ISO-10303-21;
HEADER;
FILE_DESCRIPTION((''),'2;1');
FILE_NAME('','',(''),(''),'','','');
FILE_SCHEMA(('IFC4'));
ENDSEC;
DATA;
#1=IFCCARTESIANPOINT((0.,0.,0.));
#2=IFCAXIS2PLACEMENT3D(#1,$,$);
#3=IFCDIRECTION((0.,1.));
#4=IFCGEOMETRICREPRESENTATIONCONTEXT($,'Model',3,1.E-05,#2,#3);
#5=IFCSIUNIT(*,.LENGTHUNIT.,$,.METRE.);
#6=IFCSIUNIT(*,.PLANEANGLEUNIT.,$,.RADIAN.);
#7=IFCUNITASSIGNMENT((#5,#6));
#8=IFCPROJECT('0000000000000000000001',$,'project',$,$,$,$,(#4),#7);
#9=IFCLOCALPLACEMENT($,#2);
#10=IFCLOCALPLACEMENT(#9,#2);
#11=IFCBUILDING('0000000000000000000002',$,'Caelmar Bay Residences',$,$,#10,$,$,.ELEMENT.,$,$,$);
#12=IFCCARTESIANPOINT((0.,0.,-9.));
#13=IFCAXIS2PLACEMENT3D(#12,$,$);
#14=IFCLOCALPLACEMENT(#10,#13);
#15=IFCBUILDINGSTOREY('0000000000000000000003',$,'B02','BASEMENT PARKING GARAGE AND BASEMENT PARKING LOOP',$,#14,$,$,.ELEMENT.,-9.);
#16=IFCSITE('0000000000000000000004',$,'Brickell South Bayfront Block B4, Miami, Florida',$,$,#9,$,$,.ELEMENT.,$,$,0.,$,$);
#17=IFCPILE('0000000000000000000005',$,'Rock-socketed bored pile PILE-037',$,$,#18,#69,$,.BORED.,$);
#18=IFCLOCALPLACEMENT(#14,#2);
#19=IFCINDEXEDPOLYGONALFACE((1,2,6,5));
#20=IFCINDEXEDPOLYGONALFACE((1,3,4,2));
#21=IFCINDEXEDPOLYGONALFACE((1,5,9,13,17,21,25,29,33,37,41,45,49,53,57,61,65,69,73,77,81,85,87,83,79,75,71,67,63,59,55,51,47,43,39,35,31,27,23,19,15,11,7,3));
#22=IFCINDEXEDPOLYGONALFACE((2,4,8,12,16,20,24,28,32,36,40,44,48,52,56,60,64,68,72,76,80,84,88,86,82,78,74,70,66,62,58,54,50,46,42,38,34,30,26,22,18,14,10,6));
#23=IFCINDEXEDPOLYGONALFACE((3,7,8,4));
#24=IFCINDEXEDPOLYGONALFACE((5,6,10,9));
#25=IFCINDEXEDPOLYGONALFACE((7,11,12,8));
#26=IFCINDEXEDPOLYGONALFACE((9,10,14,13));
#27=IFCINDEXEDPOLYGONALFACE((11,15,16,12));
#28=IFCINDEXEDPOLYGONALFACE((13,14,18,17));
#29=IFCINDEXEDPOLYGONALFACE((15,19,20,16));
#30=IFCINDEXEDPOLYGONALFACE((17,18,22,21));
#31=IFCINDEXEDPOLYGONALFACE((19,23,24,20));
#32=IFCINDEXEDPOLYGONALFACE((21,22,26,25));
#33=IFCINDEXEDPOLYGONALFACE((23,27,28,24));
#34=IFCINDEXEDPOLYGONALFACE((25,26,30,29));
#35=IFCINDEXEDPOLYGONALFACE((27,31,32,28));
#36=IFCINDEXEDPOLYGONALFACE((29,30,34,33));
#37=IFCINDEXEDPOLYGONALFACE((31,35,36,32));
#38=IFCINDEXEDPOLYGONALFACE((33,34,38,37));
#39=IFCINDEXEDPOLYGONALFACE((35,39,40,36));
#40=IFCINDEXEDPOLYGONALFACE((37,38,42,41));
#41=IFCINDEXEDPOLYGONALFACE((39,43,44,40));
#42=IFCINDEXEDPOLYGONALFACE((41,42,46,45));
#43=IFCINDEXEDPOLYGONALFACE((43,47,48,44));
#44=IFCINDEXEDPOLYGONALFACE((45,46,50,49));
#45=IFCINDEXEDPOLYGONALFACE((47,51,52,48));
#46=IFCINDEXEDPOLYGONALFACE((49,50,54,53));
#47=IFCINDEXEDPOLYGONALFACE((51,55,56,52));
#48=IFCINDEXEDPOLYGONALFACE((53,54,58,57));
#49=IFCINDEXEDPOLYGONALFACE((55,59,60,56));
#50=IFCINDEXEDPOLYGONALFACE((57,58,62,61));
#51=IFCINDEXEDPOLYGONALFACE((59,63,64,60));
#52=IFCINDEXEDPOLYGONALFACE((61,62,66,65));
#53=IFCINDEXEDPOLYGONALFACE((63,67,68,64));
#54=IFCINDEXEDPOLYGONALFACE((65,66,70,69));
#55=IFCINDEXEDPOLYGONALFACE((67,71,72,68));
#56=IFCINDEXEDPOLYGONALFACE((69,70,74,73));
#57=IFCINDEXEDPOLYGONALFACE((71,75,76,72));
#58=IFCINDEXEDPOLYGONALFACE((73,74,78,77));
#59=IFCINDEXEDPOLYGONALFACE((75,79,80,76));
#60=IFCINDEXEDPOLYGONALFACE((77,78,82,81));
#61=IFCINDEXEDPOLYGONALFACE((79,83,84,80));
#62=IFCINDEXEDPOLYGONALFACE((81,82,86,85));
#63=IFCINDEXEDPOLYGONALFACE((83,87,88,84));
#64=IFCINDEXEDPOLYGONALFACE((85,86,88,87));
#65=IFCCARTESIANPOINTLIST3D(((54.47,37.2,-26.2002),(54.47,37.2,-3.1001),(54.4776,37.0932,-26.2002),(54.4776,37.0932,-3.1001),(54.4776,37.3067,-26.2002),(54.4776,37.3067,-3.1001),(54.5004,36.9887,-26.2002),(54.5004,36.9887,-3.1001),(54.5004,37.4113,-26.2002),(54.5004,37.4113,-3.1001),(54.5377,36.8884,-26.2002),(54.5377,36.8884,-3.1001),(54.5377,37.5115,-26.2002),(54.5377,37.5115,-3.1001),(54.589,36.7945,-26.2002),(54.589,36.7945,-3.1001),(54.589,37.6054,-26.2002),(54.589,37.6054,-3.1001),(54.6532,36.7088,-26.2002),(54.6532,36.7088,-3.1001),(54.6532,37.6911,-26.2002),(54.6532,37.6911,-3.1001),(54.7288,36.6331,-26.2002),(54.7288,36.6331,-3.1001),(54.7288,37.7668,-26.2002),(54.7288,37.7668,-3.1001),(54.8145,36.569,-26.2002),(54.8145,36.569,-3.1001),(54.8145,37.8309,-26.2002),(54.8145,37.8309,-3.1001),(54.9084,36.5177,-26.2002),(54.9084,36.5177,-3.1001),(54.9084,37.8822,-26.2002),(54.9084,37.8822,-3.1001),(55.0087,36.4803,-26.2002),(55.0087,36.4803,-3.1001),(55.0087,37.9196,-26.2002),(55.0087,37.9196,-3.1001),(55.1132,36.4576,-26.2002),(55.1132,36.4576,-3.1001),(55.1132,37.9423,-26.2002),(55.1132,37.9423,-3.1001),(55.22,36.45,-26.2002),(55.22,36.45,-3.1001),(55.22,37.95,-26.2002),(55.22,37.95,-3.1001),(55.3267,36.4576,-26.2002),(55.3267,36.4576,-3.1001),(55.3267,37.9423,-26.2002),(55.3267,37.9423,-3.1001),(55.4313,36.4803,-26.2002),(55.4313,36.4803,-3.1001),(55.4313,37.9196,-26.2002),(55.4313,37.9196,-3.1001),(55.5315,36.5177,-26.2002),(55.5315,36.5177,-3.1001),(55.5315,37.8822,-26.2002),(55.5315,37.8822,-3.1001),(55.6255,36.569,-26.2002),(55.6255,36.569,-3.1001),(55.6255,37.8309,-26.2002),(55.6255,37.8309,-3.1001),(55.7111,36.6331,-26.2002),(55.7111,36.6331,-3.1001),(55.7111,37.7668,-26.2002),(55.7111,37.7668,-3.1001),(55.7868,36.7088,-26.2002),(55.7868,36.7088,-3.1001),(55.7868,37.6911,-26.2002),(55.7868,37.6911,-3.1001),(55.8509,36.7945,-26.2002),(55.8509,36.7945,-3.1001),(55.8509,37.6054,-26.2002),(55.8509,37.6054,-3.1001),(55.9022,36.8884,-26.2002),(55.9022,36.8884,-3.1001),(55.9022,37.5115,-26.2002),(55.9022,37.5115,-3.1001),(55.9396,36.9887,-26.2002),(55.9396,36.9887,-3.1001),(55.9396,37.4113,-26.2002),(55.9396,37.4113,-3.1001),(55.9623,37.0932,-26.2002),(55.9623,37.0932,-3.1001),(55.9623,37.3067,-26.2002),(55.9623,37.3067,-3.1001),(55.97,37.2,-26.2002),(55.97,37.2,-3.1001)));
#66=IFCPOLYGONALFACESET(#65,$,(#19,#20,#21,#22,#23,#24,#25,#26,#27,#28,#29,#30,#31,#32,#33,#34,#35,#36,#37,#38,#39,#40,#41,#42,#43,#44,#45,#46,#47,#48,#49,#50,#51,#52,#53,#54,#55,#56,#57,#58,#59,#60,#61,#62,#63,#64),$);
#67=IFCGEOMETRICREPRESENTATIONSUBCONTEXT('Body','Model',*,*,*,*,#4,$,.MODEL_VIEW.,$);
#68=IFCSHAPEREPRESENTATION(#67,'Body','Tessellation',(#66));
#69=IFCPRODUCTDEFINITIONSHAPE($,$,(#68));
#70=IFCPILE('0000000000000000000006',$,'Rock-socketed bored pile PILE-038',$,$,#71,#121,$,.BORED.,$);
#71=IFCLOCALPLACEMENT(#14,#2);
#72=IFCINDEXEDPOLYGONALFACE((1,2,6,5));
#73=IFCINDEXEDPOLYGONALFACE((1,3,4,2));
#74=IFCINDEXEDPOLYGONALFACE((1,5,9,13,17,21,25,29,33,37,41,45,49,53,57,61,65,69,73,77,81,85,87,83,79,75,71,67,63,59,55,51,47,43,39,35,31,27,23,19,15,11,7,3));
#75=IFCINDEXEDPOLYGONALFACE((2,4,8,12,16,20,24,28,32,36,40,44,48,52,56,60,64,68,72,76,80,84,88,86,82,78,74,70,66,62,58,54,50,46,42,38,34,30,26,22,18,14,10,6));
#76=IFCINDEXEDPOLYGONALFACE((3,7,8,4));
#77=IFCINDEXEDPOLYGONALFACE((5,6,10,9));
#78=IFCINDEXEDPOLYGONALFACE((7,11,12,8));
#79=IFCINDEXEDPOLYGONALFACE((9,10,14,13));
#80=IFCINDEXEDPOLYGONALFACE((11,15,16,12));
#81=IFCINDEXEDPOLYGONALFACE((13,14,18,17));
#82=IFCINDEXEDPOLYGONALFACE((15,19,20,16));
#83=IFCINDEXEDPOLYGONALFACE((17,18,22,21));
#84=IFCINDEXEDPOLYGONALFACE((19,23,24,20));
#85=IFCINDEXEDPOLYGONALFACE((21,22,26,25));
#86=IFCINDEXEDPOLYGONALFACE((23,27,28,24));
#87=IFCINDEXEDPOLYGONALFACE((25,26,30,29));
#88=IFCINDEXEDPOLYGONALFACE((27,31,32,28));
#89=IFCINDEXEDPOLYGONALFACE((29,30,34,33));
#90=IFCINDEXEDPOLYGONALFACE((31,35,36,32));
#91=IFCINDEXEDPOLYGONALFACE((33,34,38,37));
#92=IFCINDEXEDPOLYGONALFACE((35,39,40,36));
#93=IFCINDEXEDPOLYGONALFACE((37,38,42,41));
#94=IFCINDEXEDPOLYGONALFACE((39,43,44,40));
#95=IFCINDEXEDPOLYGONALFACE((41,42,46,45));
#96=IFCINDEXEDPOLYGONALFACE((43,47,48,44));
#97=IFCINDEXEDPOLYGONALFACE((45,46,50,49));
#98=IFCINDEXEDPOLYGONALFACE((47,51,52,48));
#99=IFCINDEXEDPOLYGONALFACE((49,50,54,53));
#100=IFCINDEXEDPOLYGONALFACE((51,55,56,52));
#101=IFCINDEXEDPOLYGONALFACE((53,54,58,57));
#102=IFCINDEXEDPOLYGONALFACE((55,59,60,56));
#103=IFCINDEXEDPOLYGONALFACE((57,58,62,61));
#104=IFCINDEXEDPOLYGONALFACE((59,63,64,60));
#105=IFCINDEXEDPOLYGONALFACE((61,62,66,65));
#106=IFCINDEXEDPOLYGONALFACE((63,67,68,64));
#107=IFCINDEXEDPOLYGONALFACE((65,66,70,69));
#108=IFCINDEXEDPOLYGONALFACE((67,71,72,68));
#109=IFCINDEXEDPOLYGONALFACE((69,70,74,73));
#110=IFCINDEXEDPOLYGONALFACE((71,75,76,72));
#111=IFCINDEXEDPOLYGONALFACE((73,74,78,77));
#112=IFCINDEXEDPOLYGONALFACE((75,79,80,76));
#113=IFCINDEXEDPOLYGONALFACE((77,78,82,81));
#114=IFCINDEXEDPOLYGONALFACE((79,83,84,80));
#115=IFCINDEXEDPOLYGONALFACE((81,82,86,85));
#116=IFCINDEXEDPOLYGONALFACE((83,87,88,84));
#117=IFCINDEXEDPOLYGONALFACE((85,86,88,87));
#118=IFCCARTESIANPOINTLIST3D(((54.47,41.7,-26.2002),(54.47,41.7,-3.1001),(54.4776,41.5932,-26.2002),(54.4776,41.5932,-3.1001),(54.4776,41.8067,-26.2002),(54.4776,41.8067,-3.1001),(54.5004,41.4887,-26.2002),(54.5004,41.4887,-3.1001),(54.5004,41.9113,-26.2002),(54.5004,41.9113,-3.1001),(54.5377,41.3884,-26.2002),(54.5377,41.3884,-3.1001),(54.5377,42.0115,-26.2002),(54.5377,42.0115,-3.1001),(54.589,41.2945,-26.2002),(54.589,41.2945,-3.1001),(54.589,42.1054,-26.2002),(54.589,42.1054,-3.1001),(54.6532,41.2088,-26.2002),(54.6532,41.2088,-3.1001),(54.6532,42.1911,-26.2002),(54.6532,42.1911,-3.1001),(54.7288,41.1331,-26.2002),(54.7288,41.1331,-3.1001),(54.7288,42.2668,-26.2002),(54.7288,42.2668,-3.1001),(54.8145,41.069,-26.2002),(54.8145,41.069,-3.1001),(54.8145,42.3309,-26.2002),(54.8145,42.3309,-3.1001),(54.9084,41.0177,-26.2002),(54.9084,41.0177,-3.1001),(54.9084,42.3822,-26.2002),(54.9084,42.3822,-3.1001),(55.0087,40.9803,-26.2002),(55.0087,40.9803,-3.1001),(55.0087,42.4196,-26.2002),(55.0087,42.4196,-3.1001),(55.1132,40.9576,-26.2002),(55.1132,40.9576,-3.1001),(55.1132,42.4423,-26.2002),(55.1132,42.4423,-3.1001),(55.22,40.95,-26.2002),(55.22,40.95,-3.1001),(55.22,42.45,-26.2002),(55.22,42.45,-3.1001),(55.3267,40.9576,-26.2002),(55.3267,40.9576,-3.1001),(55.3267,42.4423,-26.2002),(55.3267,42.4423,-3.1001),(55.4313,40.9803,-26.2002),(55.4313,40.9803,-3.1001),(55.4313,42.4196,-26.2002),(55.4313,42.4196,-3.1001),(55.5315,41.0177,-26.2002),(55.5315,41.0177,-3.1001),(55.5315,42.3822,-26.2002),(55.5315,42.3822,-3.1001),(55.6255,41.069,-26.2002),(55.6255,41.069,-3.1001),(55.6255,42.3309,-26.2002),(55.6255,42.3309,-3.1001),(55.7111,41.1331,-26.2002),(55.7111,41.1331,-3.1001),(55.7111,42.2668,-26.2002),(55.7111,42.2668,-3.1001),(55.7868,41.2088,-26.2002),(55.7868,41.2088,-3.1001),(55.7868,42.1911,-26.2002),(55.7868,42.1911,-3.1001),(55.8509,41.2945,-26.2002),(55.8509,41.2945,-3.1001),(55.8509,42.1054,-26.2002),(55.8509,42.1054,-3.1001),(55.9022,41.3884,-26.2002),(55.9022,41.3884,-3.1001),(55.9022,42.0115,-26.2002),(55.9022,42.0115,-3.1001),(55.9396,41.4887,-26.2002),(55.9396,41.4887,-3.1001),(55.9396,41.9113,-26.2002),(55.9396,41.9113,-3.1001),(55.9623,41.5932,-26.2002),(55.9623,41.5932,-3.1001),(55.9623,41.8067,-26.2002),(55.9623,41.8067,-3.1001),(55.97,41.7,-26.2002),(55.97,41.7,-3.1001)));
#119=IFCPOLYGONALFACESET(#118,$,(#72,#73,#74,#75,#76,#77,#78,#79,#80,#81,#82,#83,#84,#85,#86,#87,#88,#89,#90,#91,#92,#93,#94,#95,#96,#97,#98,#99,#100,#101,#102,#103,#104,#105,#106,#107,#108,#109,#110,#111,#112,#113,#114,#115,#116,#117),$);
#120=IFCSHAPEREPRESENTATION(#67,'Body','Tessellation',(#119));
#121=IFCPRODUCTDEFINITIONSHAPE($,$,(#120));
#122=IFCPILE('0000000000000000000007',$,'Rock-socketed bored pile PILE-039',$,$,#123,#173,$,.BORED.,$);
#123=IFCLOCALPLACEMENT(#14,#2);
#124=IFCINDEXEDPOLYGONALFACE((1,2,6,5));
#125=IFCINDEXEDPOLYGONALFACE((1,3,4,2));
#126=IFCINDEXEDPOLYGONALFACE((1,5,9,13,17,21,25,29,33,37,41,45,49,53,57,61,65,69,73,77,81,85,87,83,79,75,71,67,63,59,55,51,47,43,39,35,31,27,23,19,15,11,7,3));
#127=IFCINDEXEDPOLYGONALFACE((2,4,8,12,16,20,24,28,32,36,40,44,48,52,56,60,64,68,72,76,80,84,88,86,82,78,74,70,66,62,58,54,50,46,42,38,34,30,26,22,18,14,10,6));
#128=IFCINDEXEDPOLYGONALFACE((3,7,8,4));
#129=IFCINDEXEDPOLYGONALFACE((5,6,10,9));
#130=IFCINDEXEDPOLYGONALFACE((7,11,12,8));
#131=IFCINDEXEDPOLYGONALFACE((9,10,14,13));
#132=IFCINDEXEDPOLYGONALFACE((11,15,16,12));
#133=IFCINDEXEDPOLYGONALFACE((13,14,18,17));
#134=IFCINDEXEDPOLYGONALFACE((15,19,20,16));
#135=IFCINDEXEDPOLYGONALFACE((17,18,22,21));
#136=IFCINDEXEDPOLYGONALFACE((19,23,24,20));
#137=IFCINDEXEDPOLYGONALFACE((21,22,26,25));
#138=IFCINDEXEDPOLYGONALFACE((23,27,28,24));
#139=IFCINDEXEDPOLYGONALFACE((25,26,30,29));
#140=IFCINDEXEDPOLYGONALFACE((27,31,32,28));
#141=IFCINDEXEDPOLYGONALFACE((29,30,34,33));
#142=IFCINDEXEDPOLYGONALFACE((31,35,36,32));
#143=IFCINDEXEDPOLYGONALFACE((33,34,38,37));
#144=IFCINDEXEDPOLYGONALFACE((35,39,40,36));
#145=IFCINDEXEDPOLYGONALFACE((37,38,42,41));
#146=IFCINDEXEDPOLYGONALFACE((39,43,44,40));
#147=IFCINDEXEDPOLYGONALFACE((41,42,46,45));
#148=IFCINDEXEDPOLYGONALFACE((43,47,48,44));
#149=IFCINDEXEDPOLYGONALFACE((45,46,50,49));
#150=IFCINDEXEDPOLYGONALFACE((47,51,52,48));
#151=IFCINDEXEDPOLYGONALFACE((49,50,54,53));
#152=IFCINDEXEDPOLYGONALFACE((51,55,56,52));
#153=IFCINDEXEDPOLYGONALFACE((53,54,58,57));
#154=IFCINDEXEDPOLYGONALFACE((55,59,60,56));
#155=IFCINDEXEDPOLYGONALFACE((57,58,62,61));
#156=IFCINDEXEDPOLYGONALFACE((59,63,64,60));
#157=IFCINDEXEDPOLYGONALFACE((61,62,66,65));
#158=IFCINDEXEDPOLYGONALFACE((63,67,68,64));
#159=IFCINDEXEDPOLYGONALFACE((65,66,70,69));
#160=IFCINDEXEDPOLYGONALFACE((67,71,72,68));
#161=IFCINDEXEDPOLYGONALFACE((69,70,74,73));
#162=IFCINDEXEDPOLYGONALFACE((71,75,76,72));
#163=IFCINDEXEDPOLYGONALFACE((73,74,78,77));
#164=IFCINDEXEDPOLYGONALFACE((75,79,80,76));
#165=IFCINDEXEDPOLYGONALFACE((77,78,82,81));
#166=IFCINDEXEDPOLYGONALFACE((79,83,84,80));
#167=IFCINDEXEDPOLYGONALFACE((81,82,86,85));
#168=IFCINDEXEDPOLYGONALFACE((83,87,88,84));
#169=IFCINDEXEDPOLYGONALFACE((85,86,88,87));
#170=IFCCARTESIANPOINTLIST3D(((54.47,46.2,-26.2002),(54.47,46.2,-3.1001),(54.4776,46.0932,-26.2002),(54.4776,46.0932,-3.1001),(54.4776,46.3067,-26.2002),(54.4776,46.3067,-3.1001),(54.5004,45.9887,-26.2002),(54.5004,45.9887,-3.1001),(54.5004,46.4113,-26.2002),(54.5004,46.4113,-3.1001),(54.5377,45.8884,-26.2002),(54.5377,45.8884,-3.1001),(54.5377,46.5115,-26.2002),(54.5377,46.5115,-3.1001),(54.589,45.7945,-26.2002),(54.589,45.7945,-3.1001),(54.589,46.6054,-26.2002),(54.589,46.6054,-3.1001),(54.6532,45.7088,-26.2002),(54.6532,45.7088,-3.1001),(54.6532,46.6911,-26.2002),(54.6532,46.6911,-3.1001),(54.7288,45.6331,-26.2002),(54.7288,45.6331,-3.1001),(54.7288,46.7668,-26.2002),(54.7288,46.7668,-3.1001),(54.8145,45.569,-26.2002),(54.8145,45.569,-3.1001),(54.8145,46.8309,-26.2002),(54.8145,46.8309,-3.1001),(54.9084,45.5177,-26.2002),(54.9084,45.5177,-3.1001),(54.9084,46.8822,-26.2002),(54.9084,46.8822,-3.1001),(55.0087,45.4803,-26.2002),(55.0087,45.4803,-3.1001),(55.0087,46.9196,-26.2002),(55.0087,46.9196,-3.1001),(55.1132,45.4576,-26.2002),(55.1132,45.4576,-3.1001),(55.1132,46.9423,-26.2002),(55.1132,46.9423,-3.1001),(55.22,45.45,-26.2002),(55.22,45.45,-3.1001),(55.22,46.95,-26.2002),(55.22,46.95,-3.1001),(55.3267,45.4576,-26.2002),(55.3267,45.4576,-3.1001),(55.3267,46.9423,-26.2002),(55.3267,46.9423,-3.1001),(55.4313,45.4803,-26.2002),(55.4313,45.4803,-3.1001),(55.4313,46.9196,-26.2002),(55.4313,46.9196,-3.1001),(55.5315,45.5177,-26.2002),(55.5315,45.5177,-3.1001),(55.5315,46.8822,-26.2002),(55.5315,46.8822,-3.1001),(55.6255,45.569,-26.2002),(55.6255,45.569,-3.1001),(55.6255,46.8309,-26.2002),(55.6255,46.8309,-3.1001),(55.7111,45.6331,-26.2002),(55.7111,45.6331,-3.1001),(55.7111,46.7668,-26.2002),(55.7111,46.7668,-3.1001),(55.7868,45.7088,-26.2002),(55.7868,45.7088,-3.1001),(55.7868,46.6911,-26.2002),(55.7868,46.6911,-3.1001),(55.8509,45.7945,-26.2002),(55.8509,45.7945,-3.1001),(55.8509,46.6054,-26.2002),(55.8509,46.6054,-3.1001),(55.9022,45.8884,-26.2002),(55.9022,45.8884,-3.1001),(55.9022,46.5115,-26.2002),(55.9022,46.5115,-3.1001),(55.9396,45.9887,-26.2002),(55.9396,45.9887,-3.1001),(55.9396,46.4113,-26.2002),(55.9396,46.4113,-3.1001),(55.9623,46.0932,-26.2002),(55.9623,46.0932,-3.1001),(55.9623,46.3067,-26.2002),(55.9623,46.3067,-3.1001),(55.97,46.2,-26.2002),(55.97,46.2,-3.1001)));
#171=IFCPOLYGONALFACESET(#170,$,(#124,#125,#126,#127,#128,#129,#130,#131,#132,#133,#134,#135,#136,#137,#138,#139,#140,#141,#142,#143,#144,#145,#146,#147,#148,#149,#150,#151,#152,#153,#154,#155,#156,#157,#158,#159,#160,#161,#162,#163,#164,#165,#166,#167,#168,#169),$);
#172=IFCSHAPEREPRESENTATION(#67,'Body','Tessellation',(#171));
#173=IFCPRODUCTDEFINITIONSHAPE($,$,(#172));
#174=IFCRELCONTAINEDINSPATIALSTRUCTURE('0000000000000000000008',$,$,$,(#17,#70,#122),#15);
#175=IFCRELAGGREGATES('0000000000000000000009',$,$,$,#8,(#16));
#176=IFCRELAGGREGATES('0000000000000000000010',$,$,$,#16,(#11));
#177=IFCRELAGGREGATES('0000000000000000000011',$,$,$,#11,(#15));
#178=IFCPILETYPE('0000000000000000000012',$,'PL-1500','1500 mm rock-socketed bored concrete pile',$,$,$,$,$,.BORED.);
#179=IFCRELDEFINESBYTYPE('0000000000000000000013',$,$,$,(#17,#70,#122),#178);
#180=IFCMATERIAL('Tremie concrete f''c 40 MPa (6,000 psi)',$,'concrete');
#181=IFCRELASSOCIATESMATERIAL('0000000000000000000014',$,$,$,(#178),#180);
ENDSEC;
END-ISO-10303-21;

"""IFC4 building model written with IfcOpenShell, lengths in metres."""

from ifc_helpers import new_model, si_unit, direction, frame, origin, origin_2d, place, context, subcontext, project, spatial, circle, extrude, material, material_profile, profile_set, type_object, element, save


model = new_model("IFC4")

# Units and contexts
model_context = context("Model", 3, precision=1e-05, world=origin(), true_north=direction((0.0, 1.0)))
body_context = subcontext(model_context, "Body", "Model", "MODEL_VIEW")
ifc_project = project(units=[si_unit("LENGTHUNIT", "METRE"), si_unit("PLANEANGLEUNIT", "RADIAN")], contexts=[model_context])

# Site, building, storey
site_placement = place(None, origin())
site = spatial("IfcSite", under=ifc_project, at=site_placement, Name="Brickell South Bayfront Block B4, Miami, Florida", CompositionType="ELEMENT", RefElevation=0.0)
building_placement = place(site_placement, origin())
building = spatial("IfcBuilding", under=site, at=building_placement, Name="Caelmar Bay Residences", CompositionType="ELEMENT")
storey_placement = place(building_placement, frame((0.0, 0.0, -9.0)))
storey = spatial("IfcBuildingStorey", under=building, at=storey_placement, Name="B02", Description="BASEMENT PARKING GARAGE AND BASEMENT PARKING LOOP", CompositionType="ELEMENT", Elevation=-9.0)

# Piles
ifc_material_1 = material(Name="Tremie concrete f'c 40 MPa (6,000 psi)", Category="concrete")
ifc_material_profile_1 = material_profile(ifc_material_1, circle(Radius=0.75, at=origin_2d()), Name="PILE-1500D")
ifc_profile_set_1 = profile_set([ifc_material_profile_1], Name="Tremie concrete f'c 40 MPa (6,000 psi)")
pile_type_1 = type_object("IfcPileType", Name="PL-1500", Description="1500 mm rock-socketed bored concrete pile", PredefinedType="BORED", material=ifc_profile_set_1)
for number, where, z_axis, x_axis, name in (
    (1, (55.22, 37.2, -3.1001), (0.0, 0.0, -1.0), (1.0, 0.0, 0.0), "Rock-socketed bored pile PILE-037"),
    (2, (55.22, 41.7, -3.1001), (0.0, 0.0, -1.0), (1.0, 0.0, 0.0), "Rock-socketed bored pile PILE-038"),
    (3, (55.22, 46.2, -3.1001), (0.0, 0.0, -1.0), (1.0, 0.0, 0.0), "Rock-socketed bored pile PILE-039"),
):
    element("IfcPile", number, at=place(storey_placement, frame(where, z_axis=z_axis, x_axis=x_axis)), inside=storey, type_object=pile_type_1, Name=name, PredefinedType="BORED", context=body_context, shape_type="SweptSolid", body=[
        extrude(circle(Radius=0.75, at=origin_2d()), origin(), (0.0, 0.0, 1.0), 23.1001),
    ])

save(model, "model.ifc")
